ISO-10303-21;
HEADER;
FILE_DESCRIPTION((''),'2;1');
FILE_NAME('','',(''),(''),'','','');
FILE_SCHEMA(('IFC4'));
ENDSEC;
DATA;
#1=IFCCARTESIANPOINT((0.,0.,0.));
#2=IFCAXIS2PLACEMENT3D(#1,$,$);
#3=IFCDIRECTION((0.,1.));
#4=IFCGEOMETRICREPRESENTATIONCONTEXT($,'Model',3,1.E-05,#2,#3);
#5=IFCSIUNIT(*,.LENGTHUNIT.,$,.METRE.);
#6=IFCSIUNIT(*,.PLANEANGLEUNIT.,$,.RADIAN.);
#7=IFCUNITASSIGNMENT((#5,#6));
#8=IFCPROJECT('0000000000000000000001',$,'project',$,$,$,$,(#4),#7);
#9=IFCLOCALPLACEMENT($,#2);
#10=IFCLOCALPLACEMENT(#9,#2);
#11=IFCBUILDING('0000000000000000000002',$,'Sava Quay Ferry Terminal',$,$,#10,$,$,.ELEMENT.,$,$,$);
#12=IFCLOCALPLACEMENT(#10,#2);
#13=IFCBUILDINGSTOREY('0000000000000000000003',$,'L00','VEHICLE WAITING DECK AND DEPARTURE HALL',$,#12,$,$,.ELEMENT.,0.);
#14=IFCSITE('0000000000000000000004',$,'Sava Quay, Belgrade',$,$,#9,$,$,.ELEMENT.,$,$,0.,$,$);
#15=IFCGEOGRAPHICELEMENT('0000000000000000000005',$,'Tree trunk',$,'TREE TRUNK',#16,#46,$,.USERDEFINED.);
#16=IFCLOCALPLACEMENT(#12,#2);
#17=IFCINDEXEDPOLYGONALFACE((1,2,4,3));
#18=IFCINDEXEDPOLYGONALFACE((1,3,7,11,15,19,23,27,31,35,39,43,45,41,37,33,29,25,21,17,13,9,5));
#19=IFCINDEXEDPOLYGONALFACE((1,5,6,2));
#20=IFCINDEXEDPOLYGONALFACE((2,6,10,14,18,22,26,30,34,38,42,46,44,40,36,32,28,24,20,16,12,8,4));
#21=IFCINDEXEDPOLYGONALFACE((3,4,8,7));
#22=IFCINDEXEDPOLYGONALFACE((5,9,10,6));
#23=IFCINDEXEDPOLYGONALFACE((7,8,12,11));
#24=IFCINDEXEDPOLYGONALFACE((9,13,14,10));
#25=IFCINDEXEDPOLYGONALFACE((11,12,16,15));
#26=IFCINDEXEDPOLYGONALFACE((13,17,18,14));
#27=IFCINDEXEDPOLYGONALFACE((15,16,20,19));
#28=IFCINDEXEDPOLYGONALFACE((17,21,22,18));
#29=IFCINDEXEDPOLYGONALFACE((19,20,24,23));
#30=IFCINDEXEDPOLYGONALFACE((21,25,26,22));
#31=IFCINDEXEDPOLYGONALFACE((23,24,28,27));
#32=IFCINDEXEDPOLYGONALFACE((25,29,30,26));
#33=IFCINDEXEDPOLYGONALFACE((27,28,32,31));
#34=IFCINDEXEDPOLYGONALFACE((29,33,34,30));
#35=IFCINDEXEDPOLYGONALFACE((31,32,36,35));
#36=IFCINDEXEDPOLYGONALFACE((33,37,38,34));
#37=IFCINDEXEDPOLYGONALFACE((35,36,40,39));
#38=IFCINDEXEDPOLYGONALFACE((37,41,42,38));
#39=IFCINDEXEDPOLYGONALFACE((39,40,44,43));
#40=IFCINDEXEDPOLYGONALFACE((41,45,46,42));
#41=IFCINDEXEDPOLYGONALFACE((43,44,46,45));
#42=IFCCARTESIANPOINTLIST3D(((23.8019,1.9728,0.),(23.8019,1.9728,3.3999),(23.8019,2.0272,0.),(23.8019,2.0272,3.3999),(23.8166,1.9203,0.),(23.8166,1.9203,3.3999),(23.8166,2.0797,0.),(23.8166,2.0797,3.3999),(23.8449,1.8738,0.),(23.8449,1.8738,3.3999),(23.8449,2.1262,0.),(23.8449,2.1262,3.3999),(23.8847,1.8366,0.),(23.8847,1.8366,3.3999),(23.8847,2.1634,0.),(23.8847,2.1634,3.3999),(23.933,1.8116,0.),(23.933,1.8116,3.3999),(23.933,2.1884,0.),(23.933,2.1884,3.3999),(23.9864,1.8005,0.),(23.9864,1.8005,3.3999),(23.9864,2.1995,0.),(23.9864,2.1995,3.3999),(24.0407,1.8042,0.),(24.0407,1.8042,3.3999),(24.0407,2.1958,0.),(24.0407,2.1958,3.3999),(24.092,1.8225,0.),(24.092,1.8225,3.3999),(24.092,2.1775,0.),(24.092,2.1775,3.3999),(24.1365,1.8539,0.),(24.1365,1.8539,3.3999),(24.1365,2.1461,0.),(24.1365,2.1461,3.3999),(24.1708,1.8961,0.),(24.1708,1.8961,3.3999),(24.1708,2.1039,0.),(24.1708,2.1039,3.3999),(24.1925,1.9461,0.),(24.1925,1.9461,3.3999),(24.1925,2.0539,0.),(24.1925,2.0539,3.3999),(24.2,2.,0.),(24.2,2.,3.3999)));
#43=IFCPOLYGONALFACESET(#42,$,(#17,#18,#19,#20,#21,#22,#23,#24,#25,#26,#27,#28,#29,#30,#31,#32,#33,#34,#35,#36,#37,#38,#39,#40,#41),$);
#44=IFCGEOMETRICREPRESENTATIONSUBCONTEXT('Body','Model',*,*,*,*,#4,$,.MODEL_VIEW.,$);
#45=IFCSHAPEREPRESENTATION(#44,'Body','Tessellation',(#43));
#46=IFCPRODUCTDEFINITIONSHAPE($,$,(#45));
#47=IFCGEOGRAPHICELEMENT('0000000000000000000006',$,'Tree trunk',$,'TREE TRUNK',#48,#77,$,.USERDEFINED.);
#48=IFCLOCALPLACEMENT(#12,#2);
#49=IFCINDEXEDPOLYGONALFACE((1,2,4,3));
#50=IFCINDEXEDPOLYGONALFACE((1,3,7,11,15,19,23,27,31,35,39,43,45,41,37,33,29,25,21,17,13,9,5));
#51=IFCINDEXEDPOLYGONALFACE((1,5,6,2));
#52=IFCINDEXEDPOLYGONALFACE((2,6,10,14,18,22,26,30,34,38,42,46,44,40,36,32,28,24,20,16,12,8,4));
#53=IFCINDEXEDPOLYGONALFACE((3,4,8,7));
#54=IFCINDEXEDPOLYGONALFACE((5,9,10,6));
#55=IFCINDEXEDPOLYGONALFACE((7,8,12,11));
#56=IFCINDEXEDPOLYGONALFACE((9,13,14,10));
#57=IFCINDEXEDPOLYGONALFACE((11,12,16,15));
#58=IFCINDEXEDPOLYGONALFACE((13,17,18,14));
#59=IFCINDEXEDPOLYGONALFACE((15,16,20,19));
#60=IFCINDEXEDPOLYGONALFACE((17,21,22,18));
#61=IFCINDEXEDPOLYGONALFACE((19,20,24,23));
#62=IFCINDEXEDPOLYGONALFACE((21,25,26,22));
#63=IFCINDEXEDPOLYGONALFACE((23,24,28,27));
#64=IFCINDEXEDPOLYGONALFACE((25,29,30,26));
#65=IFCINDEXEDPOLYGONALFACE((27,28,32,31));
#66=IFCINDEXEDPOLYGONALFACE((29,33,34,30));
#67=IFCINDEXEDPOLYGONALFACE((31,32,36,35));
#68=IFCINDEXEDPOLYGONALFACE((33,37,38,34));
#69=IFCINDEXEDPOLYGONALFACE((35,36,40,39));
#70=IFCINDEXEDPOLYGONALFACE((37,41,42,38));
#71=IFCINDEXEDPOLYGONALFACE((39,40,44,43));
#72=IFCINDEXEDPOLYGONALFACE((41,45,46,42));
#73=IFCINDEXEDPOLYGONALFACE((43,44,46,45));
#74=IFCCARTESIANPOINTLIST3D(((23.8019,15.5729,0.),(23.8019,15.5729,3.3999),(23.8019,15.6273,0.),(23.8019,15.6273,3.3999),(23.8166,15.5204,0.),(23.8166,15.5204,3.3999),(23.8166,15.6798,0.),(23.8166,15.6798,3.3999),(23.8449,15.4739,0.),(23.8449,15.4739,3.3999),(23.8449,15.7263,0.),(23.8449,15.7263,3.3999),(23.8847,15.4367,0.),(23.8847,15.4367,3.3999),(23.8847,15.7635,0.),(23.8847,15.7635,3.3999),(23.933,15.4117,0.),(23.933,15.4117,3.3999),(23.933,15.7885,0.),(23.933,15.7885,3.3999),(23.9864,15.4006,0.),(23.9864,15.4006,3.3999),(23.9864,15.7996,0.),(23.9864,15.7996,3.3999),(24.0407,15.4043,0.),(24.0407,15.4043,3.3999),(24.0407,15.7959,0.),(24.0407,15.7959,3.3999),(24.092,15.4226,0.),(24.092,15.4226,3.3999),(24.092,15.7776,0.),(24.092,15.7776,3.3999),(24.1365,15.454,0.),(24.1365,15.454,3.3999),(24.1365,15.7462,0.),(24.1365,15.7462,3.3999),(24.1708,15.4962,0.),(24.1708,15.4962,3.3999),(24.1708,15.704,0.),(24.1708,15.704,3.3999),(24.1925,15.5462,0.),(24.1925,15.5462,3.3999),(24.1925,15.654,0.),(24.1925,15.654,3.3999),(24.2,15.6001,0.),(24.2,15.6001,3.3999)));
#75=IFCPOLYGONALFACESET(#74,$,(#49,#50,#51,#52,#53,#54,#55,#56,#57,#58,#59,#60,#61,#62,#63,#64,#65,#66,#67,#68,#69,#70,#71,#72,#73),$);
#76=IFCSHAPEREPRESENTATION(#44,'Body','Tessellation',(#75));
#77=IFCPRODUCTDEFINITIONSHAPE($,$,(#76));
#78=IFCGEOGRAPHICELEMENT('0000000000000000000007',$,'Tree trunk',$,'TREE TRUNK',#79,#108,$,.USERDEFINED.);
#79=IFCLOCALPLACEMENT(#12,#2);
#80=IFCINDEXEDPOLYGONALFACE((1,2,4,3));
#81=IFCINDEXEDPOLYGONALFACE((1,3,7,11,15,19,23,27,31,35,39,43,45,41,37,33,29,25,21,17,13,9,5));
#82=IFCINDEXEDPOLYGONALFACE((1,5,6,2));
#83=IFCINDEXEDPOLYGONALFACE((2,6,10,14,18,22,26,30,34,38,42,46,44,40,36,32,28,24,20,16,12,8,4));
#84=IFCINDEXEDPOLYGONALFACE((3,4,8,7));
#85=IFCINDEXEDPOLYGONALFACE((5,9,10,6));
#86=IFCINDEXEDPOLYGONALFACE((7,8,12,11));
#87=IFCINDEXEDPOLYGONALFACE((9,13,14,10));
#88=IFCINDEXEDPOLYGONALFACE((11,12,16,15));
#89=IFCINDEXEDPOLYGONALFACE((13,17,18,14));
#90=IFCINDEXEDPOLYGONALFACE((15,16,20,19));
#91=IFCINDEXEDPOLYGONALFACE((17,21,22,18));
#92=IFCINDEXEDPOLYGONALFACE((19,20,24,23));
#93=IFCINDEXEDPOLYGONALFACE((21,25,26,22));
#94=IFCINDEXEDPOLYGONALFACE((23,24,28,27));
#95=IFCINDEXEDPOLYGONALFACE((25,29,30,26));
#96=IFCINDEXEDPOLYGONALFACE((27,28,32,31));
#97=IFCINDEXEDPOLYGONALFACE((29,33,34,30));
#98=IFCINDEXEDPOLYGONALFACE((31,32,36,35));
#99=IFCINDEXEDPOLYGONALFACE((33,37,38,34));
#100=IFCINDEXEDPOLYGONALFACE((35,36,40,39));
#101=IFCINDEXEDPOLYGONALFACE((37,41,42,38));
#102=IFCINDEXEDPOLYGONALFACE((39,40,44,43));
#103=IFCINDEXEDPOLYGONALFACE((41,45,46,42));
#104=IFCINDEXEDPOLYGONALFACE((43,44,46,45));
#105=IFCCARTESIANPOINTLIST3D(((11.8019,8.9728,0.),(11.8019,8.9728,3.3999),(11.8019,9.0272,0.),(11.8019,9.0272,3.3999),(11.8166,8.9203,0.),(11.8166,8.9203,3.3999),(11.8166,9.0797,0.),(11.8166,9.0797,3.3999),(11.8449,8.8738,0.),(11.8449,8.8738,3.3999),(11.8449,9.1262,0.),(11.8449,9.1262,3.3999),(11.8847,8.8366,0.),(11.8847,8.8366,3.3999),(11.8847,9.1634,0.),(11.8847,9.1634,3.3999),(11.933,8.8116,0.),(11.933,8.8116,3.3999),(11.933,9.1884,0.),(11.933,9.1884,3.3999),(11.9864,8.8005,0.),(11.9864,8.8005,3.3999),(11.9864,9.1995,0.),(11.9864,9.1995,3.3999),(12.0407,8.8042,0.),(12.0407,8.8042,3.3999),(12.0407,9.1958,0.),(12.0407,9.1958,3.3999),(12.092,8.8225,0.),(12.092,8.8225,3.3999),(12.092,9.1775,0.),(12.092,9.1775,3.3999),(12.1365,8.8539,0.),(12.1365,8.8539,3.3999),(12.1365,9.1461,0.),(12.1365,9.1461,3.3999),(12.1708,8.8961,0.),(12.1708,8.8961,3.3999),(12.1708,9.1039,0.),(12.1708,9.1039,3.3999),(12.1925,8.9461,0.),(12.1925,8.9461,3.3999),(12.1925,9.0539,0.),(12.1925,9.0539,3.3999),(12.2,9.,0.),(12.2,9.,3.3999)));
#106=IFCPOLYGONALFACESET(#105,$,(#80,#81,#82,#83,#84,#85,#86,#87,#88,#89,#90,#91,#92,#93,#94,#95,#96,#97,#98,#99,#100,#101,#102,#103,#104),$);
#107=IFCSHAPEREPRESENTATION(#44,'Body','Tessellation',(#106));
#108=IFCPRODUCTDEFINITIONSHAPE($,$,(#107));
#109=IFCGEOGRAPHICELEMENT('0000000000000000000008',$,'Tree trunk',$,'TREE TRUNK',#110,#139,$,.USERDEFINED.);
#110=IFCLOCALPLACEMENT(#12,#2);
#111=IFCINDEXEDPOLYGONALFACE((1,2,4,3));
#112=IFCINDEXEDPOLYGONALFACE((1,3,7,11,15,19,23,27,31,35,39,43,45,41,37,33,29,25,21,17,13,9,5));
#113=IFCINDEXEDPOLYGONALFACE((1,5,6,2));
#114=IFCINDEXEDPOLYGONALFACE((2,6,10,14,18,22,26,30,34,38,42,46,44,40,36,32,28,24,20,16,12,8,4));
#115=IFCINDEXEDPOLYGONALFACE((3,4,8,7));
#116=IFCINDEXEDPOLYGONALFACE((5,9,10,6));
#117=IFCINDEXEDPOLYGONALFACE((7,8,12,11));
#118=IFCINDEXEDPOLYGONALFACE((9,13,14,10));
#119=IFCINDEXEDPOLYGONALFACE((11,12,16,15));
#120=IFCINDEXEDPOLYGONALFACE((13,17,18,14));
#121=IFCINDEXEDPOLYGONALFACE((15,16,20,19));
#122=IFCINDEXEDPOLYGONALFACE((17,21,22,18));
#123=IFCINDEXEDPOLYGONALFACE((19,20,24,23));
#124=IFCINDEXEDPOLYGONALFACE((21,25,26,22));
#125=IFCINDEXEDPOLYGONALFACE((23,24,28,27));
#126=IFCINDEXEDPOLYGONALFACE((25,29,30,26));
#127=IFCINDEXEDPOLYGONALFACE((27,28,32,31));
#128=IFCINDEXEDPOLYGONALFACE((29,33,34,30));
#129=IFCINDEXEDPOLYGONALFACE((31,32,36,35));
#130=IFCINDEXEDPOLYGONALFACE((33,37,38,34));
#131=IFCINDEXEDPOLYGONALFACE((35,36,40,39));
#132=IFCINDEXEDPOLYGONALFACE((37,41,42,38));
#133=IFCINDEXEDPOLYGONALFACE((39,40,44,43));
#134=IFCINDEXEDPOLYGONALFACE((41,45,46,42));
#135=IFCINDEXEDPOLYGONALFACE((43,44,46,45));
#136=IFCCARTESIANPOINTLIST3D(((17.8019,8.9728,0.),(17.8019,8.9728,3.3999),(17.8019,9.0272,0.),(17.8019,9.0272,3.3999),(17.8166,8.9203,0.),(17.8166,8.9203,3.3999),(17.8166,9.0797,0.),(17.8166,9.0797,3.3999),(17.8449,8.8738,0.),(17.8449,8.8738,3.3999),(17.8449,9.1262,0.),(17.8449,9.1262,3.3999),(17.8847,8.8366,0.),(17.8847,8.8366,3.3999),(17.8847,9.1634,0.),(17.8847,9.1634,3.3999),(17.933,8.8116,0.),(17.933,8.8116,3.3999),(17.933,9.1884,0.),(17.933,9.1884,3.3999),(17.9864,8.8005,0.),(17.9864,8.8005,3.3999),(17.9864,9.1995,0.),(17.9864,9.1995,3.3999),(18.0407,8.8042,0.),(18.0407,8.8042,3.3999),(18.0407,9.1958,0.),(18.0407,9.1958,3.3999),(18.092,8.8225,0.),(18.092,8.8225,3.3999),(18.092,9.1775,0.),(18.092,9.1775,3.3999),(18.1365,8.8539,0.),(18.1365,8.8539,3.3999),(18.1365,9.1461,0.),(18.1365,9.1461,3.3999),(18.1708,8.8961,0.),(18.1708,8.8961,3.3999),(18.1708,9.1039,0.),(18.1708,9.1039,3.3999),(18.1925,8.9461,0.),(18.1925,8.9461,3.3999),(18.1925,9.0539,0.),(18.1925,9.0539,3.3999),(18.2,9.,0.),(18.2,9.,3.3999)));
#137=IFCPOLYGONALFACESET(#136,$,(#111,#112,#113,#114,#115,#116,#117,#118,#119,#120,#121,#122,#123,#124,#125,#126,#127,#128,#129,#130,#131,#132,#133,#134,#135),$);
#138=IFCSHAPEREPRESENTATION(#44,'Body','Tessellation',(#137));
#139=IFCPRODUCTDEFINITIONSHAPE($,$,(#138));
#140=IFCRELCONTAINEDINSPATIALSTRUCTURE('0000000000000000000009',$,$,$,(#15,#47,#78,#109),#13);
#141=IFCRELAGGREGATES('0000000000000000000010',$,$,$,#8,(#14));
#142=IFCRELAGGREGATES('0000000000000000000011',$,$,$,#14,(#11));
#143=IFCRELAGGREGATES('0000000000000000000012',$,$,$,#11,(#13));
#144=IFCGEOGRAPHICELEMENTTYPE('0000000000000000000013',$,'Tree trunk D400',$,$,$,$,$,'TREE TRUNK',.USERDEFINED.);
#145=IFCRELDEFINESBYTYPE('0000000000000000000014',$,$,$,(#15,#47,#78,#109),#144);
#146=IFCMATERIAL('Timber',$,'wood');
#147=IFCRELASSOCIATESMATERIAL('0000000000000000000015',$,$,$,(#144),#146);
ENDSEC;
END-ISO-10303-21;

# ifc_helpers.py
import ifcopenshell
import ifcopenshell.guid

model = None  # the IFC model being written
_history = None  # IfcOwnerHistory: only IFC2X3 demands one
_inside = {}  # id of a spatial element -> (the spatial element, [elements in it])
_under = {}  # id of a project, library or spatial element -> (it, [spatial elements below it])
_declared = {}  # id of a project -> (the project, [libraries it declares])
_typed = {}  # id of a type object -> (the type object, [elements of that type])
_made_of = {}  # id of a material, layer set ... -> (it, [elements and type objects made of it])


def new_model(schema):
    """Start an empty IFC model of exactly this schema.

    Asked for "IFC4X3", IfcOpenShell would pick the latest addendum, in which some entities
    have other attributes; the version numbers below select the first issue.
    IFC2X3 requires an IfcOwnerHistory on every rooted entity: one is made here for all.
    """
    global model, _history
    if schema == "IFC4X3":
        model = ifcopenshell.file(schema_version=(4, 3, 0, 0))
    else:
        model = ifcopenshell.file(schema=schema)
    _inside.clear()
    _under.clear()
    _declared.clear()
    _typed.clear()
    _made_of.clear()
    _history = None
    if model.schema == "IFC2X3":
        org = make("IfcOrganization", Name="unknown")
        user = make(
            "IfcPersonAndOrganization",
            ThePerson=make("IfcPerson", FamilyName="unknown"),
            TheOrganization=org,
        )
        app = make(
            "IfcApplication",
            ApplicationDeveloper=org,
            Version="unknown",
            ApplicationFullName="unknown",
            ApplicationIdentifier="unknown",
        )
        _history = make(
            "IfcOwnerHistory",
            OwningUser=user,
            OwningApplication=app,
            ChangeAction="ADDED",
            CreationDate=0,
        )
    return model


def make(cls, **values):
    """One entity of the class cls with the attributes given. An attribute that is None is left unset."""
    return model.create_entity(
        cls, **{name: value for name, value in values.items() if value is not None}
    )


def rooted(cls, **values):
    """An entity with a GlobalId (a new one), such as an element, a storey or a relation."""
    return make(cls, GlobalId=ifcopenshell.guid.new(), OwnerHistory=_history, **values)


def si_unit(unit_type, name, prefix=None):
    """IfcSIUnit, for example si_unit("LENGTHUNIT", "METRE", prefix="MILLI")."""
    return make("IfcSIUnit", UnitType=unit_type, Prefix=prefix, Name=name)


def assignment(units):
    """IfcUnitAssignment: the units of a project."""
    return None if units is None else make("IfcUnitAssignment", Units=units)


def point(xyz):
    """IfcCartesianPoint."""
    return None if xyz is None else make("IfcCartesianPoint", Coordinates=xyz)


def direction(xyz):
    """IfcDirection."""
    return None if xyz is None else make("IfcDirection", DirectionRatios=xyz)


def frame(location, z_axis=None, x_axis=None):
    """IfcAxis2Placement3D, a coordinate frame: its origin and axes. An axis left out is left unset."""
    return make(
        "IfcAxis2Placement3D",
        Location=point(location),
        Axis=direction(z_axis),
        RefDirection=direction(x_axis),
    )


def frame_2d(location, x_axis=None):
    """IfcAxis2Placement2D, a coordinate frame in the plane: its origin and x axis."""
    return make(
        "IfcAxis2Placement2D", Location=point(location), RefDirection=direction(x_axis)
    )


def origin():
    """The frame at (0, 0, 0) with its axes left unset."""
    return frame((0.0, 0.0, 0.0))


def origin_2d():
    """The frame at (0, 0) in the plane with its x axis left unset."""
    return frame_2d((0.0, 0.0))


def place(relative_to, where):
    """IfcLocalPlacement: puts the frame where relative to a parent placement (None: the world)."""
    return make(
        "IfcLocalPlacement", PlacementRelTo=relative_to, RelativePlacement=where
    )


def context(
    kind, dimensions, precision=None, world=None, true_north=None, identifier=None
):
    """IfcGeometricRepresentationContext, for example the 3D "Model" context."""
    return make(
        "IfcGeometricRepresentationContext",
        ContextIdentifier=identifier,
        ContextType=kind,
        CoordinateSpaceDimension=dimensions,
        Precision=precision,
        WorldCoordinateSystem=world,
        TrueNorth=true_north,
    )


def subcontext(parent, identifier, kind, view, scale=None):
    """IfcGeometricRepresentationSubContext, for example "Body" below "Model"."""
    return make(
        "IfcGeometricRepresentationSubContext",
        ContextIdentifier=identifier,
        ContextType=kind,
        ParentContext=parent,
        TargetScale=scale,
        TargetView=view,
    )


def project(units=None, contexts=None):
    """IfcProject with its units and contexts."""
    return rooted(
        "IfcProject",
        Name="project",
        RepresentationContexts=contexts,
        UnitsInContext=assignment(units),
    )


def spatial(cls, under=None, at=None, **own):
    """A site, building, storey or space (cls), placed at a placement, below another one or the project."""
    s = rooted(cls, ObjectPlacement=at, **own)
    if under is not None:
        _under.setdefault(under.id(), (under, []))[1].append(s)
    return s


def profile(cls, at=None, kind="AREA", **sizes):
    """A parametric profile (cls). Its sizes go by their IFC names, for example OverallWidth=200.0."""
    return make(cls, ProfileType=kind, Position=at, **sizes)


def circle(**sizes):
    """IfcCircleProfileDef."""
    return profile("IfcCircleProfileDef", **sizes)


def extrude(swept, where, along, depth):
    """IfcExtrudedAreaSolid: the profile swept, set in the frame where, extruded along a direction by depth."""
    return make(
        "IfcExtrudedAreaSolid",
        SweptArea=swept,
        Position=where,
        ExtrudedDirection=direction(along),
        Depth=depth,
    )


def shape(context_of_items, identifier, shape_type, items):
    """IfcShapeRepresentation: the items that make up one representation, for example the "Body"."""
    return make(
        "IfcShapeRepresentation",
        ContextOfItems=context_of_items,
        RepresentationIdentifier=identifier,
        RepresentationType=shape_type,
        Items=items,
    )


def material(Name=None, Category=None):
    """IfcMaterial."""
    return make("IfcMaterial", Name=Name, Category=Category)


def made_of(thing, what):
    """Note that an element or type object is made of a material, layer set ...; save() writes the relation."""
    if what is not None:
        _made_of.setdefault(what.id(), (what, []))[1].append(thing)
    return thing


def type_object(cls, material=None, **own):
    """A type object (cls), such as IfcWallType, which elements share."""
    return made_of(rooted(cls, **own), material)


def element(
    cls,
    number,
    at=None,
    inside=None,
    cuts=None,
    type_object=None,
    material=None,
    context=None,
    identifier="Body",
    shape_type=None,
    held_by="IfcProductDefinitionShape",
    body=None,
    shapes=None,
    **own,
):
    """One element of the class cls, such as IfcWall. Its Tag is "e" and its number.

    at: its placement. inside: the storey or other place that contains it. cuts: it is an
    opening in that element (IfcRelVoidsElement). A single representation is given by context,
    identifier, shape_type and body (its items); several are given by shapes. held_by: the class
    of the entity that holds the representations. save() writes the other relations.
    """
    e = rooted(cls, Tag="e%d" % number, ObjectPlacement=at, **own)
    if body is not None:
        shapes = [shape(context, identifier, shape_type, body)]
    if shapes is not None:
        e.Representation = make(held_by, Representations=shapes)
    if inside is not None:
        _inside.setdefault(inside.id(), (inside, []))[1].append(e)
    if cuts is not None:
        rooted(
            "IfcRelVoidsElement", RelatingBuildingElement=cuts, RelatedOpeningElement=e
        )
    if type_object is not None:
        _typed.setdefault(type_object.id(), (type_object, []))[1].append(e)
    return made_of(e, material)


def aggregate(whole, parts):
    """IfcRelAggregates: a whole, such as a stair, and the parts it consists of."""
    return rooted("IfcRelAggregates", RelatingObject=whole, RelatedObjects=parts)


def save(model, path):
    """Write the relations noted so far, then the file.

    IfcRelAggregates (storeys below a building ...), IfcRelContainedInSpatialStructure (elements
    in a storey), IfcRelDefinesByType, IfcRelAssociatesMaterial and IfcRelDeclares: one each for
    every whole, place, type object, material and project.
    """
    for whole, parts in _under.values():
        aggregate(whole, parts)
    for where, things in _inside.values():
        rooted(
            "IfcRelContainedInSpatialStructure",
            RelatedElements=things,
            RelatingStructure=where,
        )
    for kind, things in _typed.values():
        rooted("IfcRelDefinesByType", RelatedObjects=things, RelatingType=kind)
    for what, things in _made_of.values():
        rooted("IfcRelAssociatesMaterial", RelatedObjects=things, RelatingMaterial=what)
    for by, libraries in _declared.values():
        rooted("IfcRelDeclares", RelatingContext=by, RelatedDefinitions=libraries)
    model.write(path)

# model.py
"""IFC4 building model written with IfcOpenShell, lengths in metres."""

from ifc_helpers import new_model, si_unit, direction, frame, origin, origin_2d, place, context, subcontext, project, spatial, circle, extrude, material, type_object, element, save


model = new_model("IFC4")

# Units and contexts
model_context = context("Model", 3, precision=1e-05, world=origin(), true_north=direction((0.0, 1.0)))
body_context = subcontext(model_context, "Body", "Model", "MODEL_VIEW")
ifc_project = project(units=[si_unit("LENGTHUNIT", "METRE"), si_unit("PLANEANGLEUNIT", "RADIAN")], contexts=[model_context])

# Site, building, storey
site_placement = place(None, origin())
site = spatial("IfcSite", under=ifc_project, at=site_placement, Name="Sava Quay, Belgrade", CompositionType="ELEMENT", RefElevation=0.0)
building_placement = place(site_placement, origin())
building = spatial("IfcBuilding", under=site, at=building_placement, Name="Sava Quay Ferry Terminal", CompositionType="ELEMENT")
storey_placement = place(building_placement, origin())
storey = spatial("IfcBuildingStorey", under=building, at=storey_placement, Name="L00", Description="VEHICLE WAITING DECK AND DEPARTURE HALL", CompositionType="ELEMENT", Elevation=0.0)

# Geographic elements
ifc_material_1 = material(Name="Timber", Category="wood")
geographic_element_type_1 = type_object("IfcGeographicElementType", Name="Tree trunk D400", ElementType="TREE TRUNK", PredefinedType="USERDEFINED", material=ifc_material_1)
for number, where, z_axis, x_axis, name in (
    (1, (24.0, 2.0, 3.3999), (0.0, 0.0, -1.0), (1.0, 0.0, 0.0), "Tree trunk"),
    (2, (24.0, 15.6001, 3.3999), (0.0, 0.0, -1.0), (1.0, 0.0, 0.0), "Tree trunk"),
    (3, (12.0, 9.0, 3.3999), (0.0, 0.0, -1.0), (1.0, 0.0, 0.0), "Tree trunk"),
    (4, (18.0, 9.0, 3.3999), (0.0, 0.0, -1.0), (1.0, 0.0, 0.0), "Tree trunk"),
):
    element("IfcGeographicElement", number, at=place(storey_placement, frame(where, z_axis=z_axis, x_axis=x_axis)), inside=storey, type_object=geographic_element_type_1, Name=name, ObjectType="TREE TRUNK", PredefinedType="USERDEFINED", context=body_context, shape_type="SweptSolid", body=[
        extrude(circle(Radius=0.2, at=origin_2d()), origin(), (0.0, 0.0, 1.0), 3.3999),
    ])

save(model, "model.ifc")
